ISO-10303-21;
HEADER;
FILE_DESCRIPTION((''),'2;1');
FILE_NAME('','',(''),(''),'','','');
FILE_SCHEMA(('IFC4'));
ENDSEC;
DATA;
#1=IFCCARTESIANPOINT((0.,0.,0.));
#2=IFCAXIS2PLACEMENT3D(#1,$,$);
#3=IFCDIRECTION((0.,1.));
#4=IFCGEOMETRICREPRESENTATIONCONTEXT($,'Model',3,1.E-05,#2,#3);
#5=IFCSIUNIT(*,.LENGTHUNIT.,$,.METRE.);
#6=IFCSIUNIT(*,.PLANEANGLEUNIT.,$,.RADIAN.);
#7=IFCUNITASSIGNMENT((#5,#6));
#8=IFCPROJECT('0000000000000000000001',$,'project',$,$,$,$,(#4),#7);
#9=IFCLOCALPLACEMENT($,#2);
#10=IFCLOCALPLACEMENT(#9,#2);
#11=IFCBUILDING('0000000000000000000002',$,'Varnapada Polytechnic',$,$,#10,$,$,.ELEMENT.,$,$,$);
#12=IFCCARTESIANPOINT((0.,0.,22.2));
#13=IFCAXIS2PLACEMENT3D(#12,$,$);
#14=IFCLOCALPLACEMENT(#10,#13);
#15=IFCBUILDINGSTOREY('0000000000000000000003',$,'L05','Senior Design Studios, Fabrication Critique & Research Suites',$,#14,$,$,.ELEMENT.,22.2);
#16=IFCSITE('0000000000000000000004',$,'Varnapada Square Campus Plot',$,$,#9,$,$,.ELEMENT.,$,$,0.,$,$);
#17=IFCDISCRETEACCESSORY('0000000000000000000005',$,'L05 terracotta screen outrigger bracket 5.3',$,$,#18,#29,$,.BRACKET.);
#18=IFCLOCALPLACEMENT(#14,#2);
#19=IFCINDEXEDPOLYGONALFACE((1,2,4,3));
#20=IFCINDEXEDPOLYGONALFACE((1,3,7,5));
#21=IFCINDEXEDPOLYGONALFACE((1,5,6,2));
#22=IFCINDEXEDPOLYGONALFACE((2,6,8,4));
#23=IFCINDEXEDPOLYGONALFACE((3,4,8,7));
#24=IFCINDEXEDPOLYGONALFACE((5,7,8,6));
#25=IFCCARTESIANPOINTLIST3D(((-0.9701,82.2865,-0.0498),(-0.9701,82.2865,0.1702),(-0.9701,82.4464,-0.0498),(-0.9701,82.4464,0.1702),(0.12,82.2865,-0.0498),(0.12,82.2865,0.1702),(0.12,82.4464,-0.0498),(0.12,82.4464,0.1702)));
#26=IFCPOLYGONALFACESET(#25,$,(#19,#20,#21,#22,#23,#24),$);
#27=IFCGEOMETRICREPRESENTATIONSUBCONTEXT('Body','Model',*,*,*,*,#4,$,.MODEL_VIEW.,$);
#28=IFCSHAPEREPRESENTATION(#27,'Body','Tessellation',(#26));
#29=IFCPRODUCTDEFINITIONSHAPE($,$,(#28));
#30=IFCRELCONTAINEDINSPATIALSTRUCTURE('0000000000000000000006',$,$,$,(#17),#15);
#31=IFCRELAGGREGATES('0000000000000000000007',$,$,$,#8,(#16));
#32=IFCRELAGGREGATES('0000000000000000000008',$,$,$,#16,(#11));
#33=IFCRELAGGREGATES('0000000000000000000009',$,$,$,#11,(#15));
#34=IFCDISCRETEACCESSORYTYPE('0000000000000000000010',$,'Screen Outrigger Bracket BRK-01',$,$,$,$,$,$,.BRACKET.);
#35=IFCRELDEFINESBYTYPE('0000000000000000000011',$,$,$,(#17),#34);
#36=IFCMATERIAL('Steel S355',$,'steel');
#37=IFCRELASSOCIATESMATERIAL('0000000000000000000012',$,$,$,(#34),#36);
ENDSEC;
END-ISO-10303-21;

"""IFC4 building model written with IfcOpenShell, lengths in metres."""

from ifc_helpers import new_model, si_unit, direction, frame, origin, origin_2d, place, context, subcontext, project, spatial, rectangle, extrude, material, type_object, element, save


model = new_model("IFC4")

# Units and contexts
model_context = context("Model", 3, precision=1e-05, world=origin(), true_north=direction((0.0, 1.0)))
body_context = subcontext(model_context, "Body", "Model", "MODEL_VIEW")
ifc_project = project(units=[si_unit("LENGTHUNIT", "METRE"), si_unit("PLANEANGLEUNIT", "RADIAN")], contexts=[model_context])

# Site, building, storey
site_placement = place(None, origin())
site = spatial("IfcSite", under=ifc_project, at=site_placement, Name="Varnapada Square Campus Plot", CompositionType="ELEMENT", RefElevation=0.0)
building_placement = place(site_placement, origin())
building = spatial("IfcBuilding", under=site, at=building_placement, Name="Varnapada Polytechnic", CompositionType="ELEMENT")
storey_placement = place(building_placement, frame((0.0, 0.0, 22.2)))
storey = spatial("IfcBuildingStorey", under=building, at=storey_placement, Name="L05", Description="Senior Design Studios, Fabrication Critique & Research Suites", CompositionType="ELEMENT", Elevation=22.2)

# Discrete accessory
ifc_material_1 = material(Name="Steel S355", Category="steel")
discrete_accessory_type = type_object("IfcDiscreteAccessoryType", Name="Screen Outrigger Bracket BRK-01", PredefinedType="BRACKET", material=ifc_material_1)
for number, where, z_axis, x_axis, name in (
    (1, (-0.425, 82.3665, -0.0498), (0.0, 0.0, 1.0), (0.0, 1.0, 0.0), "L05 terracotta screen outrigger bracket 5.3"),
):
    element("IfcDiscreteAccessory", number, at=place(storey_placement, frame(where, z_axis=z_axis, x_axis=x_axis)), inside=storey, type_object=discrete_accessory_type, Name=name, PredefinedType="BRACKET", context=body_context, shape_type="SweptSolid", body=[
        extrude(rectangle(XDim=0.1599, YDim=1.0901, at=origin_2d()), origin(), (0.0, 0.0, 1.0), 0.22),
    ])

save(model, "model.ifc")
